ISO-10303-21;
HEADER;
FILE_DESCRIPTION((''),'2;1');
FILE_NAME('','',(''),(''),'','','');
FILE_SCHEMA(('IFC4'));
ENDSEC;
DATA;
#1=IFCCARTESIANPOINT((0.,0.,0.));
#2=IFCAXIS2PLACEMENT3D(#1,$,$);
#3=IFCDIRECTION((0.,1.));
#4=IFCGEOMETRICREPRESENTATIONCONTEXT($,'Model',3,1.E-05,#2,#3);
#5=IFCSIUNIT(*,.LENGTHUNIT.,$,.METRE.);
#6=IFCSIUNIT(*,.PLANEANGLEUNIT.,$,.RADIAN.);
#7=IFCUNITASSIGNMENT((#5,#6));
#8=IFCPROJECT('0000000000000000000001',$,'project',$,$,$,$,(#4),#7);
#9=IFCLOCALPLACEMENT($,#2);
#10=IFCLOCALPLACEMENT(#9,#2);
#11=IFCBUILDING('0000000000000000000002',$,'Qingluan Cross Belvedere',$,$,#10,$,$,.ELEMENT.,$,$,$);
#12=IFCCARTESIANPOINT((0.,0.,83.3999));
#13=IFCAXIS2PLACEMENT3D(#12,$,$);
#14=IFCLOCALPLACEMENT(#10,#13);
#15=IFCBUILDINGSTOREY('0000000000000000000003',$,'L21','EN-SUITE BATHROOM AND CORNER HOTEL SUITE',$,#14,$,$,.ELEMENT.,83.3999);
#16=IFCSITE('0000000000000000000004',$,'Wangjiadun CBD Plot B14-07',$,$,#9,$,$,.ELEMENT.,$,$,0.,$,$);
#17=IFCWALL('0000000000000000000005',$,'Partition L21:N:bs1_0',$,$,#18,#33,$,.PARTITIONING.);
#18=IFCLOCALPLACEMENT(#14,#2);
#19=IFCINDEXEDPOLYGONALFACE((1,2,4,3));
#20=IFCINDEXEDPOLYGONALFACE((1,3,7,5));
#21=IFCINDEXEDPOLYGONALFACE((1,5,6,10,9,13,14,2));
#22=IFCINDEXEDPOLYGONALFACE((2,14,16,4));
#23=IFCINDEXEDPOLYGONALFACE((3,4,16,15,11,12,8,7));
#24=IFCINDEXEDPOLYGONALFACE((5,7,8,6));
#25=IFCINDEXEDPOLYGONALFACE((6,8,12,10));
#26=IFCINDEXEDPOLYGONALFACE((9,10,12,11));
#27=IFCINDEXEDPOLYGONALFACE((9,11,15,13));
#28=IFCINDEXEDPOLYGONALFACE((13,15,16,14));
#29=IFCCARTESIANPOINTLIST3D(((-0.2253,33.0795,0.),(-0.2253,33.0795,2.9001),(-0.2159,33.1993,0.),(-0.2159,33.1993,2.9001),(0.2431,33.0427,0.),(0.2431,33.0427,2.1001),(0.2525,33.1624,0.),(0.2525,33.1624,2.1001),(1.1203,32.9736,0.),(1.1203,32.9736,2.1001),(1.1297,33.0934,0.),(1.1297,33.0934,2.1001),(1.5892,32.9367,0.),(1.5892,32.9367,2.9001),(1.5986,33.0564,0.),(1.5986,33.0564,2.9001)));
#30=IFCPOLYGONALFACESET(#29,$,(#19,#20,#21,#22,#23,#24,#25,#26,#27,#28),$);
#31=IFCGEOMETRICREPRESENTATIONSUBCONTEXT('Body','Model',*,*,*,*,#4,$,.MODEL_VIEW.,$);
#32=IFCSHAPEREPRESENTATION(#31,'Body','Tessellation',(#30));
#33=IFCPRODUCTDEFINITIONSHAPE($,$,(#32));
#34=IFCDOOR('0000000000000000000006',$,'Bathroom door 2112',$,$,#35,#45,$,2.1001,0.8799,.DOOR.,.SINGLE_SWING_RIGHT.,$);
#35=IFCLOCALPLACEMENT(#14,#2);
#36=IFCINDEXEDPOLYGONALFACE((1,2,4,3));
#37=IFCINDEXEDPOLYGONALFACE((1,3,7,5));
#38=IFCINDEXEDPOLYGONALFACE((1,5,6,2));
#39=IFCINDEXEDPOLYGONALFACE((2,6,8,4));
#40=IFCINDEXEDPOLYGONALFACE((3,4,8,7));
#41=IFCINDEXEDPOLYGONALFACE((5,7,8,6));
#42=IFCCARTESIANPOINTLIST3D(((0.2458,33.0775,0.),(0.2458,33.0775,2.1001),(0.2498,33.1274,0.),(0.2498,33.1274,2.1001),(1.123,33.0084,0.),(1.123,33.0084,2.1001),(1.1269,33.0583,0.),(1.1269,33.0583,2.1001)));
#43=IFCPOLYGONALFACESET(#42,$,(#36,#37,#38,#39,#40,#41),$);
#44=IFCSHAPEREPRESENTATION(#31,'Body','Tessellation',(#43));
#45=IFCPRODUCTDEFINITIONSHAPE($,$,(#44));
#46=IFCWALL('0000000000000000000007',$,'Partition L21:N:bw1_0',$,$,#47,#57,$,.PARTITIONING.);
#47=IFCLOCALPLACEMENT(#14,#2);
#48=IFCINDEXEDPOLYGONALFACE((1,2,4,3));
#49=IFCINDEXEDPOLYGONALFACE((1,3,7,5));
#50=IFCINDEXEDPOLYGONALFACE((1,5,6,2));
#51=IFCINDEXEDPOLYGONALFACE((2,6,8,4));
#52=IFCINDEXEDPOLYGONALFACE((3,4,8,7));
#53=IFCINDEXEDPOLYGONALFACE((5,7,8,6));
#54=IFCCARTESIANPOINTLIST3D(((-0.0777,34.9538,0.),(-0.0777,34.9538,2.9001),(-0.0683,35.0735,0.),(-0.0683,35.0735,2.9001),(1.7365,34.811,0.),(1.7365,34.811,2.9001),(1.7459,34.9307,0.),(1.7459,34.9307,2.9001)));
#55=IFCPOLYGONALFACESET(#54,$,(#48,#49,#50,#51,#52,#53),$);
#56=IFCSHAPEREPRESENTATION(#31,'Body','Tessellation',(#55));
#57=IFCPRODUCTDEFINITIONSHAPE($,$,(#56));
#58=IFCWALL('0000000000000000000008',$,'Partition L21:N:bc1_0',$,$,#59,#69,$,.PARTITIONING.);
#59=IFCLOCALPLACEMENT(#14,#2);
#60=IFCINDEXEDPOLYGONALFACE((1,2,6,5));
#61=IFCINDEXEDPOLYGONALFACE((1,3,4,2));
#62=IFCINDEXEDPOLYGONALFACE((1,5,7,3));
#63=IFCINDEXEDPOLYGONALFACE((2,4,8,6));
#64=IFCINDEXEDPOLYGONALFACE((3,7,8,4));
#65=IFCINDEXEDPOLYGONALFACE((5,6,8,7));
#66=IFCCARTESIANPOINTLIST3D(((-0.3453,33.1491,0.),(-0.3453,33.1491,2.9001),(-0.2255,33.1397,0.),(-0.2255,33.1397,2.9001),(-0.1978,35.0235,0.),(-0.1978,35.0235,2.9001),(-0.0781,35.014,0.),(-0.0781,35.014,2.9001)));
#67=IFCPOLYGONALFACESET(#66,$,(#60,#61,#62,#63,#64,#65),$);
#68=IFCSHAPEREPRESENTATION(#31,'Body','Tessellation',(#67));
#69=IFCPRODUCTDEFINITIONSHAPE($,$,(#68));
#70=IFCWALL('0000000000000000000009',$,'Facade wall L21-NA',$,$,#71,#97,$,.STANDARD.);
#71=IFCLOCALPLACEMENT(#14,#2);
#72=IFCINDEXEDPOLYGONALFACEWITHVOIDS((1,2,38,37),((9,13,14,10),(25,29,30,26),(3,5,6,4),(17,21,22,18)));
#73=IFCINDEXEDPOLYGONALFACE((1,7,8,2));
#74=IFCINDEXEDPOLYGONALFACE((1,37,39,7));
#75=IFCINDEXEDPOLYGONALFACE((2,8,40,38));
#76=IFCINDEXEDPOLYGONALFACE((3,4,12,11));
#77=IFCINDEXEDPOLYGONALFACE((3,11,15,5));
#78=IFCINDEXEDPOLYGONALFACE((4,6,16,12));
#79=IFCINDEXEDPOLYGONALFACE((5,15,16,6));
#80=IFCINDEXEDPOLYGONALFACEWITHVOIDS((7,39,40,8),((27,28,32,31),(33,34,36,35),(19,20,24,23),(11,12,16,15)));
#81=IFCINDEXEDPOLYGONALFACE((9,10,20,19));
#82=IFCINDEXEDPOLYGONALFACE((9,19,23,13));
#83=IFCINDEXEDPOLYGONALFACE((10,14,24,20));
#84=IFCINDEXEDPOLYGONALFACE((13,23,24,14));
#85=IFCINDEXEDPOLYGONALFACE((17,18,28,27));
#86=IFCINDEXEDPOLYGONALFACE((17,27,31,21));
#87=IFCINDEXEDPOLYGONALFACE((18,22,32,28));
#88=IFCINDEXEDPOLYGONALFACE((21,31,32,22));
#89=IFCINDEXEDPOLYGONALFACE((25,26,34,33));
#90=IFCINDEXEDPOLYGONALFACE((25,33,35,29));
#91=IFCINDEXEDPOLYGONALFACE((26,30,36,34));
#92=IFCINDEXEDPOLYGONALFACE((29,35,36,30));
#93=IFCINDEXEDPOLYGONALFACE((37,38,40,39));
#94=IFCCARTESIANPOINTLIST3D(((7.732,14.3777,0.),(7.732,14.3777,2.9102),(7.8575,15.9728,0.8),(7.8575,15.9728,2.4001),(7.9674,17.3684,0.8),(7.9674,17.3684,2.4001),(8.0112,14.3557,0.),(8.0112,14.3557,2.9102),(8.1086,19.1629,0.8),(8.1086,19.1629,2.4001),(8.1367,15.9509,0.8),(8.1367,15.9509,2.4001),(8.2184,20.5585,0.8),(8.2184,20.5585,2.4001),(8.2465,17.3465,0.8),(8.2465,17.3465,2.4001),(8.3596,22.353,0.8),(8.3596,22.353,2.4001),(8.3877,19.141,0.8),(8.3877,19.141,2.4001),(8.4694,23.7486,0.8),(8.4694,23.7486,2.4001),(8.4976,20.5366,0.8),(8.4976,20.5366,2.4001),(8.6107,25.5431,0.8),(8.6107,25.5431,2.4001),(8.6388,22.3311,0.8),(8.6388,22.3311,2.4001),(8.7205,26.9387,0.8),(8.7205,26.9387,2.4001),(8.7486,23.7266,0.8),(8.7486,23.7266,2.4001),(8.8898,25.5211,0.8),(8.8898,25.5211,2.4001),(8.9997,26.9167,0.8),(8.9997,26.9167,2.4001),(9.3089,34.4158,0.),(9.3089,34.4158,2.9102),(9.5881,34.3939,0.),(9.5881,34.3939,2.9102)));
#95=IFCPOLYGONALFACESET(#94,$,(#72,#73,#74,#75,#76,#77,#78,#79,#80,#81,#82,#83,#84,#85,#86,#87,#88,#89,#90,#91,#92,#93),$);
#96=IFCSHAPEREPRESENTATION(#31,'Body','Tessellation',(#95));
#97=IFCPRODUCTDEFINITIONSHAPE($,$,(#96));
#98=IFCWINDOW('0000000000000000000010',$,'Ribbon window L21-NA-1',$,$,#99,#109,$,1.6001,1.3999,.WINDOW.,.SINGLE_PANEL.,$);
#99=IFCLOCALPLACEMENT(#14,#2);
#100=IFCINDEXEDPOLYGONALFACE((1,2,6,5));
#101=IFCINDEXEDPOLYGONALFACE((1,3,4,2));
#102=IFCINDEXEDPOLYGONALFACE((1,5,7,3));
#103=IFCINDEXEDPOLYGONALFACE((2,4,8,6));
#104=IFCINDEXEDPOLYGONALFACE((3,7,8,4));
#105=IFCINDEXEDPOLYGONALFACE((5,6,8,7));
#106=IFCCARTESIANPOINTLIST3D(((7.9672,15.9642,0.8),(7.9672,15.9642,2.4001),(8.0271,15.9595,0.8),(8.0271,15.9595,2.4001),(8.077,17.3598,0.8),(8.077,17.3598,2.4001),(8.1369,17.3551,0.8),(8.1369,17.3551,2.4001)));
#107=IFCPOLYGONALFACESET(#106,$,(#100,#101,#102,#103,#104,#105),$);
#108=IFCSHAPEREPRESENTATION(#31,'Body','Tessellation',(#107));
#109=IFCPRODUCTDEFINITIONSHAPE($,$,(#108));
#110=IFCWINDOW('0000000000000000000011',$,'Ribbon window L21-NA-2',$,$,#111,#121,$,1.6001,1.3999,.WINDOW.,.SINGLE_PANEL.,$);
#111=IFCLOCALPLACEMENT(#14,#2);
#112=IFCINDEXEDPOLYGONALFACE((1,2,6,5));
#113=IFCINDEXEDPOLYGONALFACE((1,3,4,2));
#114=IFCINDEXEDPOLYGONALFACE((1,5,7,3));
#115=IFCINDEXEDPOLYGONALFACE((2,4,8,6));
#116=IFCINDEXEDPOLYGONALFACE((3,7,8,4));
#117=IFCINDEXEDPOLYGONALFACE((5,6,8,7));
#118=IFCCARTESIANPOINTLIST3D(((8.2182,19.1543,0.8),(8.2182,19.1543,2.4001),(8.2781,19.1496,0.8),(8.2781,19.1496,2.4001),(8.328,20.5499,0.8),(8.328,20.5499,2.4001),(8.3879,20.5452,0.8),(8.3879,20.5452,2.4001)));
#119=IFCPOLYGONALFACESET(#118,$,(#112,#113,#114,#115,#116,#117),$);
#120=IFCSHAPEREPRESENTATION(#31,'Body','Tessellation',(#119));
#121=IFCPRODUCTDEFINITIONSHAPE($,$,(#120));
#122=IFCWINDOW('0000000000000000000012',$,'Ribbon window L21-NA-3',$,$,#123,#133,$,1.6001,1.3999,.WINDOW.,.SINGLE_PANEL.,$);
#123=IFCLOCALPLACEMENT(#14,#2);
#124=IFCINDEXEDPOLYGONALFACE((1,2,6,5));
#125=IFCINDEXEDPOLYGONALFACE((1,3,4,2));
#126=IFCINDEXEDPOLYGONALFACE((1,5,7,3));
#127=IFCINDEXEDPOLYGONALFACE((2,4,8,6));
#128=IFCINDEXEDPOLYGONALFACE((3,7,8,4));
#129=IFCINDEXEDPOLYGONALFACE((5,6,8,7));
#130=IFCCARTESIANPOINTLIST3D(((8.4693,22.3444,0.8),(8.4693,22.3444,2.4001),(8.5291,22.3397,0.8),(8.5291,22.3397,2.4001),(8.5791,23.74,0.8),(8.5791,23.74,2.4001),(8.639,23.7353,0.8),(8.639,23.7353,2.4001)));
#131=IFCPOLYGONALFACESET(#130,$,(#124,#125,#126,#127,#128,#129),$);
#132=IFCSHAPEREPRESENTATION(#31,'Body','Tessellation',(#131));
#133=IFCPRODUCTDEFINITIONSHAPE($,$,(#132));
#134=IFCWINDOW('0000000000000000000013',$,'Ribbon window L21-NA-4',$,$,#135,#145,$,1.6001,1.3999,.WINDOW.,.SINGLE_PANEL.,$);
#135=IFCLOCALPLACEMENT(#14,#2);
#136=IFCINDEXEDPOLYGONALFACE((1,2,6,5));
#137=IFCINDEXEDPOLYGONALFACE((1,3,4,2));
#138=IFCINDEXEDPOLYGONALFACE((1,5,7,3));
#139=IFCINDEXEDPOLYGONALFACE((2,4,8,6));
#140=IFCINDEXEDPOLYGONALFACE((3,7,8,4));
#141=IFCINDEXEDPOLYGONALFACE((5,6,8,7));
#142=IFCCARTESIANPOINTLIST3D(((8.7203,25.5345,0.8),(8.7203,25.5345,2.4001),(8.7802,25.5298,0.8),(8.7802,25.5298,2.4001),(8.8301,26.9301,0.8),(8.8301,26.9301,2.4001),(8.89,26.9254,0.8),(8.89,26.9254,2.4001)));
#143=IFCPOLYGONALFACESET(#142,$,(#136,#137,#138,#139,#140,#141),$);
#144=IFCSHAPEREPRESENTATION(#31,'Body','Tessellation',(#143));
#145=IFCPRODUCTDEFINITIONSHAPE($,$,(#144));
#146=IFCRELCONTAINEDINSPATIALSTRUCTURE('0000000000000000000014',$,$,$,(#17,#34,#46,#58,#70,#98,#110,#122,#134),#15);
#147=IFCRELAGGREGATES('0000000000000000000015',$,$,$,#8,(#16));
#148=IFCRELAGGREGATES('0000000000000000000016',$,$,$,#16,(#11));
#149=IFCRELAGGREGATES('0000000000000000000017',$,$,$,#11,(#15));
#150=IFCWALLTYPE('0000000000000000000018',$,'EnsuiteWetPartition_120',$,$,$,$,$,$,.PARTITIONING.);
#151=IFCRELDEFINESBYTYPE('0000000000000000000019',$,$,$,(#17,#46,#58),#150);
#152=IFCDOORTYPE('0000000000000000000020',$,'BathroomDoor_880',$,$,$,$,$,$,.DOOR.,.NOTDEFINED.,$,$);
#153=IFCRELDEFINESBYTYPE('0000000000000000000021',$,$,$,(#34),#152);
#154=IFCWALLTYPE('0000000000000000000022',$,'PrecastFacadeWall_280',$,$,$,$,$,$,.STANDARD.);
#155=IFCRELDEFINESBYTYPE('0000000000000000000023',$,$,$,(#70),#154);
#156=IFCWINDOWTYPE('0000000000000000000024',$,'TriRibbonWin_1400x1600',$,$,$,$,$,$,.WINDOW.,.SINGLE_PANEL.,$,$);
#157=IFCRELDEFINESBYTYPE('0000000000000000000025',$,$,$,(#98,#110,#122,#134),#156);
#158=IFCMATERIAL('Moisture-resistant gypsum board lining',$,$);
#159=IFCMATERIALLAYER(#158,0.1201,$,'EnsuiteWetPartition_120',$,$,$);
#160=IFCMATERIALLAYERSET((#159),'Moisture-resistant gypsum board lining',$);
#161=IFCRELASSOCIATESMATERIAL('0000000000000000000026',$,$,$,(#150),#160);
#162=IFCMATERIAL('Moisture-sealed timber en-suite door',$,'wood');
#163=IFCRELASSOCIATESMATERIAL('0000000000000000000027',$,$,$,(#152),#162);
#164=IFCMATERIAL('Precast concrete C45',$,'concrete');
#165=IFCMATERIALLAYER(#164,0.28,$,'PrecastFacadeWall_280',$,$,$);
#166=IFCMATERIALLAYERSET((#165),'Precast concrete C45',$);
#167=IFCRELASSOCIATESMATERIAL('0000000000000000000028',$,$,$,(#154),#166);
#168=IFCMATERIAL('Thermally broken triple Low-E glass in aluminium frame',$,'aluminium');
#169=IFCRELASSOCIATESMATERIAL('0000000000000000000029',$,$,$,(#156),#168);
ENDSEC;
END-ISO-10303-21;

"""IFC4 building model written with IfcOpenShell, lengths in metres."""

from ifc_helpers import new_model, si_unit, direction, frame, frame_2d, origin, place, context, subcontext, project, spatial, rectangle, extrude, material, layer, layer_set, type_object, element, fill, save


model = new_model("IFC4")

# Units and contexts
model_context = context("Model", 3, precision=1e-05, world=origin(), true_north=direction((0.0, 1.0)))
body_context = subcontext(model_context, "Body", "Model", "MODEL_VIEW")
ifc_project = project(units=[si_unit("LENGTHUNIT", "METRE"), si_unit("PLANEANGLEUNIT", "RADIAN")], contexts=[model_context])

# Site, building, storey
site_placement = place(None, origin())
site = spatial("IfcSite", under=ifc_project, at=site_placement, Name="Wangjiadun CBD Plot B14-07", CompositionType="ELEMENT", RefElevation=0.0)
building_placement = place(site_placement, origin())
building = spatial("IfcBuilding", under=site, at=building_placement, Name="Qingluan Cross Belvedere", CompositionType="ELEMENT")
storey_placement = place(building_placement, frame((0.0, 0.0, 83.3999)))
storey = spatial("IfcBuildingStorey", under=building, at=storey_placement, Name="L21", Description="EN-SUITE BATHROOM AND CORNER HOTEL SUITE", CompositionType="ELEMENT", Elevation=83.3999)

# Shared definitions
ifc_material_1 = material(Name="Moisture-resistant gypsum board lining")
ifc_layer_1 = layer(ifc_material_1, 0.1201, Name="EnsuiteWetPartition_120")
ifc_layer_set_1 = layer_set([ifc_layer_1], Name="Moisture-resistant gypsum board lining")
wall_type_1 = type_object("IfcWallType", Name="EnsuiteWetPartition_120", PredefinedType="PARTITIONING", material=ifc_layer_set_1)
ifc_material_2 = material(Name="Moisture-sealed timber en-suite door", Category="wood")
door_type_1 = type_object("IfcDoorType", Name="BathroomDoor_880", OperationType="NOTDEFINED", PredefinedType="DOOR", material=ifc_material_2)

# Wall, opening, door
wall_1_placement = place(storey_placement, frame((-0.2207, 33.1394, 0.0), z_axis=(0.0, 0.0, 1.0), x_axis=(0.996916, -0.078471, 0.0)))
wall_1 = element("IfcWall", 1, at=wall_1_placement, inside=storey, type_object=wall_type_1, Name="Partition L21:N:bs1_0", PredefinedType="PARTITIONING", context=body_context, shape_type="SweptSolid", body=[
    extrude(rectangle(XDim=1.8201, YDim=0.1201, at=frame_2d((0.9102, 0.0))), origin(), (0.0, 0.0, 1.0), 2.9001),
])
opening_1_placement = place(wall_1_placement, frame((0.47, 0.0, 0.0)))
opening_1 = element("IfcOpeningElement", 2, at=opening_1_placement, cuts=wall_1, PredefinedType="OPENING", context=body_context, shape_type="SweptSolid", body=[
    extrude(rectangle(XDim=0.8799, YDim=2.1001, at=frame_2d((0.4399, 1.05))), frame((0.0, 0.0701, 0.0), z_axis=(0.0, -1.0, 0.0), x_axis=(1.0, 0.0, 0.0)), (0.0, 0.0, 1.0), 0.1401),
])
door_1_placement = place(opening_1_placement, origin())
door_1 = element("IfcDoor", 3, at=door_1_placement, inside=storey, type_object=door_type_1, Name="Bathroom door 2112", OperationType="SINGLE_SWING_RIGHT", OverallHeight=2.1001, OverallWidth=0.8799, PredefinedType="DOOR", context=body_context, shape_type="SweptSolid", body=[
    extrude(rectangle(XDim=0.8799, YDim=2.1001, at=frame_2d((0.4399, 1.05))), frame((0.0, 0.0249, 0.0), z_axis=(0.0, -1.0, 0.0), x_axis=(1.0, 0.0, 0.0)), (0.0, 0.0, 1.0), 0.05),
])
fill(opening_1, door_1)

# Walls
wall_2_placement = place(storey_placement, frame((-0.073, 35.0137, 0.0), z_axis=(0.0, 0.0, 1.0), x_axis=(0.996916, -0.078481, 0.0)))
element("IfcWall", 4, at=wall_2_placement, inside=storey, type_object=wall_type_1, Name="Partition L21:N:bw1_0", PredefinedType="PARTITIONING", context=body_context, shape_type="SweptSolid", body=[
    extrude(rectangle(XDim=1.8198, YDim=0.1201, at=frame_2d((0.9099, 0.0))), origin(), (0.0, 0.0, 1.0), 2.9001),
])
wall_3_placement = place(storey_placement, frame((-0.2854, 33.1445, 0.0), z_axis=(0.0, 0.0, 1.0), x_axis=(0.078434, 0.996919, 0.0)))
element("IfcWall", 5, at=wall_3_placement, inside=storey, type_object=wall_type_1, Name="Partition L21:N:bc1_0", PredefinedType="PARTITIONING", context=body_context, shape_type="SweptSolid", body=[
    extrude(rectangle(XDim=1.8801, YDim=0.1201, at=frame_2d((0.9399, 0.0))), origin(), (0.0, 0.0, 1.0), 2.9001),
])

# Wall, openings, windows
ifc_material_3 = material(Name="Precast concrete C45", Category="concrete")
ifc_layer_2 = layer(ifc_material_3, 0.28, Name="PrecastFacadeWall_280")
ifc_layer_set_2 = layer_set([ifc_layer_2], Name="Precast concrete C45")
wall_type_2 = type_object("IfcWallType", Name="PrecastFacadeWall_280", PredefinedType="STANDARD", material=ifc_layer_set_2)
wall_4_placement = place(storey_placement, frame((7.8716, 14.3667, 0.0), z_axis=(0.0, 0.0, 1.0), x_axis=(0.078453, 0.996918, 0.0)))
wall_4 = element("IfcWall", 6, at=wall_4_placement, inside=storey, type_object=wall_type_2, Name="Facade wall L21-NA", PredefinedType="STANDARD", context=body_context, shape_type="SweptSolid", body=[
    extrude(rectangle(XDim=20.1001, YDim=0.28, at=frame_2d((10.05, 0.0))), origin(), (0.0, 0.0, 1.0), 2.9102),
])
opening_2_placement = place(wall_4_placement, frame((1.6001, 0.0, 0.8)))
opening_2 = element("IfcOpeningElement", 7, at=opening_2_placement, cuts=wall_4, PredefinedType="OPENING", context=body_context, shape_type="SweptSolid", body=[
    extrude(rectangle(XDim=1.3999, YDim=1.6001, at=frame_2d((0.7, 0.8))), frame((0.0, 0.1499, 0.0), z_axis=(0.0, -1.0, 0.0), x_axis=(1.0, 0.0, 0.0)), (0.0, 0.0, 1.0), 0.3),
])
opening_3_placement = place(wall_4_placement, frame((4.8, 0.0, 0.8)))
opening_3 = element("IfcOpeningElement", 8, at=opening_3_placement, cuts=wall_4, PredefinedType="OPENING", context=body_context, shape_type="SweptSolid", body=[
    extrude(rectangle(XDim=1.3999, YDim=1.6001, at=frame_2d((0.7, 0.8))), frame((0.0, 0.1499, 0.0), z_axis=(0.0, -1.0, 0.0), x_axis=(1.0, 0.0, 0.0)), (0.0, 0.0, 1.0), 0.3),
])
opening_4_placement = place(wall_4_placement, frame((8.0, 0.0, 0.8)))
opening_4 = element("IfcOpeningElement", 9, at=opening_4_placement, cuts=wall_4, PredefinedType="OPENING", context=body_context, shape_type="SweptSolid", body=[
    extrude(rectangle(XDim=1.3999, YDim=1.6001, at=frame_2d((0.7, 0.8))), frame((0.0, 0.1499, 0.0), z_axis=(0.0, -1.0, 0.0), x_axis=(1.0, 0.0, 0.0)), (0.0, 0.0, 1.0), 0.3),
])
opening_5_placement = place(wall_4_placement, frame((11.2, 0.0, 0.8)))
opening_5 = element("IfcOpeningElement", 10, at=opening_5_placement, cuts=wall_4, PredefinedType="OPENING", context=body_context, shape_type="SweptSolid", body=[
    extrude(rectangle(XDim=1.3999, YDim=1.6001, at=frame_2d((0.7, 0.8))), frame((0.0, 0.1499, 0.0), z_axis=(0.0, -1.0, 0.0), x_axis=(1.0, 0.0, 0.0)), (0.0, 0.0, 1.0), 0.3),
])
ifc_material_4 = material(Name="Thermally broken triple Low-E glass in aluminium frame", Category="aluminium")
window_type_1 = type_object("IfcWindowType", Name="TriRibbonWin_1400x1600", PartitioningType="SINGLE_PANEL", PredefinedType="WINDOW", material=ifc_material_4)
window_1_placement = place(opening_2_placement, origin())
window_1 = element("IfcWindow", 11, at=window_1_placement, inside=storey, type_object=window_type_1, Name="Ribbon window L21-NA-1", OverallHeight=1.6001, OverallWidth=1.3999, PartitioningType="SINGLE_PANEL", PredefinedType="WINDOW", context=body_context, shape_type="SweptSolid", body=[
    extrude(rectangle(XDim=1.3999, YDim=1.6001, at=frame_2d((0.7, 0.8))), frame((0.0, 0.03, 0.0), z_axis=(0.0, -1.0, 0.0), x_axis=(1.0, 0.0, 0.0)), (0.0, 0.0, 1.0), 0.0601),
])
fill(opening_2, window_1)
window_2_placement = place(opening_3_placement, origin())
window_2 = element("IfcWindow", 12, at=window_2_placement, inside=storey, type_object=window_type_1, Name="Ribbon window L21-NA-2", OverallHeight=1.6001, OverallWidth=1.3999, PartitioningType="SINGLE_PANEL", PredefinedType="WINDOW", context=body_context, shape_type="SweptSolid", body=[
    extrude(rectangle(XDim=1.3999, YDim=1.6001, at=frame_2d((0.7, 0.8))), frame((0.0, 0.03, 0.0), z_axis=(0.0, -1.0, 0.0), x_axis=(1.0, 0.0, 0.0)), (0.0, 0.0, 1.0), 0.0601),
])
fill(opening_3, window_2)
window_3_placement = place(opening_4_placement, origin())
window_3 = element("IfcWindow", 13, at=window_3_placement, inside=storey, type_object=window_type_1, Name="Ribbon window L21-NA-3", OverallHeight=1.6001, OverallWidth=1.3999, PartitioningType="SINGLE_PANEL", PredefinedType="WINDOW", context=body_context, shape_type="SweptSolid", body=[
    extrude(rectangle(XDim=1.3999, YDim=1.6001, at=frame_2d((0.7, 0.8))), frame((0.0, 0.03, 0.0), z_axis=(0.0, -1.0, 0.0), x_axis=(1.0, 0.0, 0.0)), (0.0, 0.0, 1.0), 0.0601),
])
fill(opening_4, window_3)
window_4_placement = place(opening_5_placement, origin())
window_4 = element("IfcWindow", 14, at=window_4_placement, inside=storey, type_object=window_type_1, Name="Ribbon window L21-NA-4", OverallHeight=1.6001, OverallWidth=1.3999, PartitioningType="SINGLE_PANEL", PredefinedType="WINDOW", context=body_context, shape_type="SweptSolid", body=[
    extrude(rectangle(XDim=1.3999, YDim=1.6001, at=frame_2d((0.7, 0.8))), frame((0.0, 0.03, 0.0), z_axis=(0.0, -1.0, 0.0), x_axis=(1.0, 0.0, 0.0)), (0.0, 0.0, 1.0), 0.0601),
])
fill(opening_5, window_4)

save(model, "model.ifc")
